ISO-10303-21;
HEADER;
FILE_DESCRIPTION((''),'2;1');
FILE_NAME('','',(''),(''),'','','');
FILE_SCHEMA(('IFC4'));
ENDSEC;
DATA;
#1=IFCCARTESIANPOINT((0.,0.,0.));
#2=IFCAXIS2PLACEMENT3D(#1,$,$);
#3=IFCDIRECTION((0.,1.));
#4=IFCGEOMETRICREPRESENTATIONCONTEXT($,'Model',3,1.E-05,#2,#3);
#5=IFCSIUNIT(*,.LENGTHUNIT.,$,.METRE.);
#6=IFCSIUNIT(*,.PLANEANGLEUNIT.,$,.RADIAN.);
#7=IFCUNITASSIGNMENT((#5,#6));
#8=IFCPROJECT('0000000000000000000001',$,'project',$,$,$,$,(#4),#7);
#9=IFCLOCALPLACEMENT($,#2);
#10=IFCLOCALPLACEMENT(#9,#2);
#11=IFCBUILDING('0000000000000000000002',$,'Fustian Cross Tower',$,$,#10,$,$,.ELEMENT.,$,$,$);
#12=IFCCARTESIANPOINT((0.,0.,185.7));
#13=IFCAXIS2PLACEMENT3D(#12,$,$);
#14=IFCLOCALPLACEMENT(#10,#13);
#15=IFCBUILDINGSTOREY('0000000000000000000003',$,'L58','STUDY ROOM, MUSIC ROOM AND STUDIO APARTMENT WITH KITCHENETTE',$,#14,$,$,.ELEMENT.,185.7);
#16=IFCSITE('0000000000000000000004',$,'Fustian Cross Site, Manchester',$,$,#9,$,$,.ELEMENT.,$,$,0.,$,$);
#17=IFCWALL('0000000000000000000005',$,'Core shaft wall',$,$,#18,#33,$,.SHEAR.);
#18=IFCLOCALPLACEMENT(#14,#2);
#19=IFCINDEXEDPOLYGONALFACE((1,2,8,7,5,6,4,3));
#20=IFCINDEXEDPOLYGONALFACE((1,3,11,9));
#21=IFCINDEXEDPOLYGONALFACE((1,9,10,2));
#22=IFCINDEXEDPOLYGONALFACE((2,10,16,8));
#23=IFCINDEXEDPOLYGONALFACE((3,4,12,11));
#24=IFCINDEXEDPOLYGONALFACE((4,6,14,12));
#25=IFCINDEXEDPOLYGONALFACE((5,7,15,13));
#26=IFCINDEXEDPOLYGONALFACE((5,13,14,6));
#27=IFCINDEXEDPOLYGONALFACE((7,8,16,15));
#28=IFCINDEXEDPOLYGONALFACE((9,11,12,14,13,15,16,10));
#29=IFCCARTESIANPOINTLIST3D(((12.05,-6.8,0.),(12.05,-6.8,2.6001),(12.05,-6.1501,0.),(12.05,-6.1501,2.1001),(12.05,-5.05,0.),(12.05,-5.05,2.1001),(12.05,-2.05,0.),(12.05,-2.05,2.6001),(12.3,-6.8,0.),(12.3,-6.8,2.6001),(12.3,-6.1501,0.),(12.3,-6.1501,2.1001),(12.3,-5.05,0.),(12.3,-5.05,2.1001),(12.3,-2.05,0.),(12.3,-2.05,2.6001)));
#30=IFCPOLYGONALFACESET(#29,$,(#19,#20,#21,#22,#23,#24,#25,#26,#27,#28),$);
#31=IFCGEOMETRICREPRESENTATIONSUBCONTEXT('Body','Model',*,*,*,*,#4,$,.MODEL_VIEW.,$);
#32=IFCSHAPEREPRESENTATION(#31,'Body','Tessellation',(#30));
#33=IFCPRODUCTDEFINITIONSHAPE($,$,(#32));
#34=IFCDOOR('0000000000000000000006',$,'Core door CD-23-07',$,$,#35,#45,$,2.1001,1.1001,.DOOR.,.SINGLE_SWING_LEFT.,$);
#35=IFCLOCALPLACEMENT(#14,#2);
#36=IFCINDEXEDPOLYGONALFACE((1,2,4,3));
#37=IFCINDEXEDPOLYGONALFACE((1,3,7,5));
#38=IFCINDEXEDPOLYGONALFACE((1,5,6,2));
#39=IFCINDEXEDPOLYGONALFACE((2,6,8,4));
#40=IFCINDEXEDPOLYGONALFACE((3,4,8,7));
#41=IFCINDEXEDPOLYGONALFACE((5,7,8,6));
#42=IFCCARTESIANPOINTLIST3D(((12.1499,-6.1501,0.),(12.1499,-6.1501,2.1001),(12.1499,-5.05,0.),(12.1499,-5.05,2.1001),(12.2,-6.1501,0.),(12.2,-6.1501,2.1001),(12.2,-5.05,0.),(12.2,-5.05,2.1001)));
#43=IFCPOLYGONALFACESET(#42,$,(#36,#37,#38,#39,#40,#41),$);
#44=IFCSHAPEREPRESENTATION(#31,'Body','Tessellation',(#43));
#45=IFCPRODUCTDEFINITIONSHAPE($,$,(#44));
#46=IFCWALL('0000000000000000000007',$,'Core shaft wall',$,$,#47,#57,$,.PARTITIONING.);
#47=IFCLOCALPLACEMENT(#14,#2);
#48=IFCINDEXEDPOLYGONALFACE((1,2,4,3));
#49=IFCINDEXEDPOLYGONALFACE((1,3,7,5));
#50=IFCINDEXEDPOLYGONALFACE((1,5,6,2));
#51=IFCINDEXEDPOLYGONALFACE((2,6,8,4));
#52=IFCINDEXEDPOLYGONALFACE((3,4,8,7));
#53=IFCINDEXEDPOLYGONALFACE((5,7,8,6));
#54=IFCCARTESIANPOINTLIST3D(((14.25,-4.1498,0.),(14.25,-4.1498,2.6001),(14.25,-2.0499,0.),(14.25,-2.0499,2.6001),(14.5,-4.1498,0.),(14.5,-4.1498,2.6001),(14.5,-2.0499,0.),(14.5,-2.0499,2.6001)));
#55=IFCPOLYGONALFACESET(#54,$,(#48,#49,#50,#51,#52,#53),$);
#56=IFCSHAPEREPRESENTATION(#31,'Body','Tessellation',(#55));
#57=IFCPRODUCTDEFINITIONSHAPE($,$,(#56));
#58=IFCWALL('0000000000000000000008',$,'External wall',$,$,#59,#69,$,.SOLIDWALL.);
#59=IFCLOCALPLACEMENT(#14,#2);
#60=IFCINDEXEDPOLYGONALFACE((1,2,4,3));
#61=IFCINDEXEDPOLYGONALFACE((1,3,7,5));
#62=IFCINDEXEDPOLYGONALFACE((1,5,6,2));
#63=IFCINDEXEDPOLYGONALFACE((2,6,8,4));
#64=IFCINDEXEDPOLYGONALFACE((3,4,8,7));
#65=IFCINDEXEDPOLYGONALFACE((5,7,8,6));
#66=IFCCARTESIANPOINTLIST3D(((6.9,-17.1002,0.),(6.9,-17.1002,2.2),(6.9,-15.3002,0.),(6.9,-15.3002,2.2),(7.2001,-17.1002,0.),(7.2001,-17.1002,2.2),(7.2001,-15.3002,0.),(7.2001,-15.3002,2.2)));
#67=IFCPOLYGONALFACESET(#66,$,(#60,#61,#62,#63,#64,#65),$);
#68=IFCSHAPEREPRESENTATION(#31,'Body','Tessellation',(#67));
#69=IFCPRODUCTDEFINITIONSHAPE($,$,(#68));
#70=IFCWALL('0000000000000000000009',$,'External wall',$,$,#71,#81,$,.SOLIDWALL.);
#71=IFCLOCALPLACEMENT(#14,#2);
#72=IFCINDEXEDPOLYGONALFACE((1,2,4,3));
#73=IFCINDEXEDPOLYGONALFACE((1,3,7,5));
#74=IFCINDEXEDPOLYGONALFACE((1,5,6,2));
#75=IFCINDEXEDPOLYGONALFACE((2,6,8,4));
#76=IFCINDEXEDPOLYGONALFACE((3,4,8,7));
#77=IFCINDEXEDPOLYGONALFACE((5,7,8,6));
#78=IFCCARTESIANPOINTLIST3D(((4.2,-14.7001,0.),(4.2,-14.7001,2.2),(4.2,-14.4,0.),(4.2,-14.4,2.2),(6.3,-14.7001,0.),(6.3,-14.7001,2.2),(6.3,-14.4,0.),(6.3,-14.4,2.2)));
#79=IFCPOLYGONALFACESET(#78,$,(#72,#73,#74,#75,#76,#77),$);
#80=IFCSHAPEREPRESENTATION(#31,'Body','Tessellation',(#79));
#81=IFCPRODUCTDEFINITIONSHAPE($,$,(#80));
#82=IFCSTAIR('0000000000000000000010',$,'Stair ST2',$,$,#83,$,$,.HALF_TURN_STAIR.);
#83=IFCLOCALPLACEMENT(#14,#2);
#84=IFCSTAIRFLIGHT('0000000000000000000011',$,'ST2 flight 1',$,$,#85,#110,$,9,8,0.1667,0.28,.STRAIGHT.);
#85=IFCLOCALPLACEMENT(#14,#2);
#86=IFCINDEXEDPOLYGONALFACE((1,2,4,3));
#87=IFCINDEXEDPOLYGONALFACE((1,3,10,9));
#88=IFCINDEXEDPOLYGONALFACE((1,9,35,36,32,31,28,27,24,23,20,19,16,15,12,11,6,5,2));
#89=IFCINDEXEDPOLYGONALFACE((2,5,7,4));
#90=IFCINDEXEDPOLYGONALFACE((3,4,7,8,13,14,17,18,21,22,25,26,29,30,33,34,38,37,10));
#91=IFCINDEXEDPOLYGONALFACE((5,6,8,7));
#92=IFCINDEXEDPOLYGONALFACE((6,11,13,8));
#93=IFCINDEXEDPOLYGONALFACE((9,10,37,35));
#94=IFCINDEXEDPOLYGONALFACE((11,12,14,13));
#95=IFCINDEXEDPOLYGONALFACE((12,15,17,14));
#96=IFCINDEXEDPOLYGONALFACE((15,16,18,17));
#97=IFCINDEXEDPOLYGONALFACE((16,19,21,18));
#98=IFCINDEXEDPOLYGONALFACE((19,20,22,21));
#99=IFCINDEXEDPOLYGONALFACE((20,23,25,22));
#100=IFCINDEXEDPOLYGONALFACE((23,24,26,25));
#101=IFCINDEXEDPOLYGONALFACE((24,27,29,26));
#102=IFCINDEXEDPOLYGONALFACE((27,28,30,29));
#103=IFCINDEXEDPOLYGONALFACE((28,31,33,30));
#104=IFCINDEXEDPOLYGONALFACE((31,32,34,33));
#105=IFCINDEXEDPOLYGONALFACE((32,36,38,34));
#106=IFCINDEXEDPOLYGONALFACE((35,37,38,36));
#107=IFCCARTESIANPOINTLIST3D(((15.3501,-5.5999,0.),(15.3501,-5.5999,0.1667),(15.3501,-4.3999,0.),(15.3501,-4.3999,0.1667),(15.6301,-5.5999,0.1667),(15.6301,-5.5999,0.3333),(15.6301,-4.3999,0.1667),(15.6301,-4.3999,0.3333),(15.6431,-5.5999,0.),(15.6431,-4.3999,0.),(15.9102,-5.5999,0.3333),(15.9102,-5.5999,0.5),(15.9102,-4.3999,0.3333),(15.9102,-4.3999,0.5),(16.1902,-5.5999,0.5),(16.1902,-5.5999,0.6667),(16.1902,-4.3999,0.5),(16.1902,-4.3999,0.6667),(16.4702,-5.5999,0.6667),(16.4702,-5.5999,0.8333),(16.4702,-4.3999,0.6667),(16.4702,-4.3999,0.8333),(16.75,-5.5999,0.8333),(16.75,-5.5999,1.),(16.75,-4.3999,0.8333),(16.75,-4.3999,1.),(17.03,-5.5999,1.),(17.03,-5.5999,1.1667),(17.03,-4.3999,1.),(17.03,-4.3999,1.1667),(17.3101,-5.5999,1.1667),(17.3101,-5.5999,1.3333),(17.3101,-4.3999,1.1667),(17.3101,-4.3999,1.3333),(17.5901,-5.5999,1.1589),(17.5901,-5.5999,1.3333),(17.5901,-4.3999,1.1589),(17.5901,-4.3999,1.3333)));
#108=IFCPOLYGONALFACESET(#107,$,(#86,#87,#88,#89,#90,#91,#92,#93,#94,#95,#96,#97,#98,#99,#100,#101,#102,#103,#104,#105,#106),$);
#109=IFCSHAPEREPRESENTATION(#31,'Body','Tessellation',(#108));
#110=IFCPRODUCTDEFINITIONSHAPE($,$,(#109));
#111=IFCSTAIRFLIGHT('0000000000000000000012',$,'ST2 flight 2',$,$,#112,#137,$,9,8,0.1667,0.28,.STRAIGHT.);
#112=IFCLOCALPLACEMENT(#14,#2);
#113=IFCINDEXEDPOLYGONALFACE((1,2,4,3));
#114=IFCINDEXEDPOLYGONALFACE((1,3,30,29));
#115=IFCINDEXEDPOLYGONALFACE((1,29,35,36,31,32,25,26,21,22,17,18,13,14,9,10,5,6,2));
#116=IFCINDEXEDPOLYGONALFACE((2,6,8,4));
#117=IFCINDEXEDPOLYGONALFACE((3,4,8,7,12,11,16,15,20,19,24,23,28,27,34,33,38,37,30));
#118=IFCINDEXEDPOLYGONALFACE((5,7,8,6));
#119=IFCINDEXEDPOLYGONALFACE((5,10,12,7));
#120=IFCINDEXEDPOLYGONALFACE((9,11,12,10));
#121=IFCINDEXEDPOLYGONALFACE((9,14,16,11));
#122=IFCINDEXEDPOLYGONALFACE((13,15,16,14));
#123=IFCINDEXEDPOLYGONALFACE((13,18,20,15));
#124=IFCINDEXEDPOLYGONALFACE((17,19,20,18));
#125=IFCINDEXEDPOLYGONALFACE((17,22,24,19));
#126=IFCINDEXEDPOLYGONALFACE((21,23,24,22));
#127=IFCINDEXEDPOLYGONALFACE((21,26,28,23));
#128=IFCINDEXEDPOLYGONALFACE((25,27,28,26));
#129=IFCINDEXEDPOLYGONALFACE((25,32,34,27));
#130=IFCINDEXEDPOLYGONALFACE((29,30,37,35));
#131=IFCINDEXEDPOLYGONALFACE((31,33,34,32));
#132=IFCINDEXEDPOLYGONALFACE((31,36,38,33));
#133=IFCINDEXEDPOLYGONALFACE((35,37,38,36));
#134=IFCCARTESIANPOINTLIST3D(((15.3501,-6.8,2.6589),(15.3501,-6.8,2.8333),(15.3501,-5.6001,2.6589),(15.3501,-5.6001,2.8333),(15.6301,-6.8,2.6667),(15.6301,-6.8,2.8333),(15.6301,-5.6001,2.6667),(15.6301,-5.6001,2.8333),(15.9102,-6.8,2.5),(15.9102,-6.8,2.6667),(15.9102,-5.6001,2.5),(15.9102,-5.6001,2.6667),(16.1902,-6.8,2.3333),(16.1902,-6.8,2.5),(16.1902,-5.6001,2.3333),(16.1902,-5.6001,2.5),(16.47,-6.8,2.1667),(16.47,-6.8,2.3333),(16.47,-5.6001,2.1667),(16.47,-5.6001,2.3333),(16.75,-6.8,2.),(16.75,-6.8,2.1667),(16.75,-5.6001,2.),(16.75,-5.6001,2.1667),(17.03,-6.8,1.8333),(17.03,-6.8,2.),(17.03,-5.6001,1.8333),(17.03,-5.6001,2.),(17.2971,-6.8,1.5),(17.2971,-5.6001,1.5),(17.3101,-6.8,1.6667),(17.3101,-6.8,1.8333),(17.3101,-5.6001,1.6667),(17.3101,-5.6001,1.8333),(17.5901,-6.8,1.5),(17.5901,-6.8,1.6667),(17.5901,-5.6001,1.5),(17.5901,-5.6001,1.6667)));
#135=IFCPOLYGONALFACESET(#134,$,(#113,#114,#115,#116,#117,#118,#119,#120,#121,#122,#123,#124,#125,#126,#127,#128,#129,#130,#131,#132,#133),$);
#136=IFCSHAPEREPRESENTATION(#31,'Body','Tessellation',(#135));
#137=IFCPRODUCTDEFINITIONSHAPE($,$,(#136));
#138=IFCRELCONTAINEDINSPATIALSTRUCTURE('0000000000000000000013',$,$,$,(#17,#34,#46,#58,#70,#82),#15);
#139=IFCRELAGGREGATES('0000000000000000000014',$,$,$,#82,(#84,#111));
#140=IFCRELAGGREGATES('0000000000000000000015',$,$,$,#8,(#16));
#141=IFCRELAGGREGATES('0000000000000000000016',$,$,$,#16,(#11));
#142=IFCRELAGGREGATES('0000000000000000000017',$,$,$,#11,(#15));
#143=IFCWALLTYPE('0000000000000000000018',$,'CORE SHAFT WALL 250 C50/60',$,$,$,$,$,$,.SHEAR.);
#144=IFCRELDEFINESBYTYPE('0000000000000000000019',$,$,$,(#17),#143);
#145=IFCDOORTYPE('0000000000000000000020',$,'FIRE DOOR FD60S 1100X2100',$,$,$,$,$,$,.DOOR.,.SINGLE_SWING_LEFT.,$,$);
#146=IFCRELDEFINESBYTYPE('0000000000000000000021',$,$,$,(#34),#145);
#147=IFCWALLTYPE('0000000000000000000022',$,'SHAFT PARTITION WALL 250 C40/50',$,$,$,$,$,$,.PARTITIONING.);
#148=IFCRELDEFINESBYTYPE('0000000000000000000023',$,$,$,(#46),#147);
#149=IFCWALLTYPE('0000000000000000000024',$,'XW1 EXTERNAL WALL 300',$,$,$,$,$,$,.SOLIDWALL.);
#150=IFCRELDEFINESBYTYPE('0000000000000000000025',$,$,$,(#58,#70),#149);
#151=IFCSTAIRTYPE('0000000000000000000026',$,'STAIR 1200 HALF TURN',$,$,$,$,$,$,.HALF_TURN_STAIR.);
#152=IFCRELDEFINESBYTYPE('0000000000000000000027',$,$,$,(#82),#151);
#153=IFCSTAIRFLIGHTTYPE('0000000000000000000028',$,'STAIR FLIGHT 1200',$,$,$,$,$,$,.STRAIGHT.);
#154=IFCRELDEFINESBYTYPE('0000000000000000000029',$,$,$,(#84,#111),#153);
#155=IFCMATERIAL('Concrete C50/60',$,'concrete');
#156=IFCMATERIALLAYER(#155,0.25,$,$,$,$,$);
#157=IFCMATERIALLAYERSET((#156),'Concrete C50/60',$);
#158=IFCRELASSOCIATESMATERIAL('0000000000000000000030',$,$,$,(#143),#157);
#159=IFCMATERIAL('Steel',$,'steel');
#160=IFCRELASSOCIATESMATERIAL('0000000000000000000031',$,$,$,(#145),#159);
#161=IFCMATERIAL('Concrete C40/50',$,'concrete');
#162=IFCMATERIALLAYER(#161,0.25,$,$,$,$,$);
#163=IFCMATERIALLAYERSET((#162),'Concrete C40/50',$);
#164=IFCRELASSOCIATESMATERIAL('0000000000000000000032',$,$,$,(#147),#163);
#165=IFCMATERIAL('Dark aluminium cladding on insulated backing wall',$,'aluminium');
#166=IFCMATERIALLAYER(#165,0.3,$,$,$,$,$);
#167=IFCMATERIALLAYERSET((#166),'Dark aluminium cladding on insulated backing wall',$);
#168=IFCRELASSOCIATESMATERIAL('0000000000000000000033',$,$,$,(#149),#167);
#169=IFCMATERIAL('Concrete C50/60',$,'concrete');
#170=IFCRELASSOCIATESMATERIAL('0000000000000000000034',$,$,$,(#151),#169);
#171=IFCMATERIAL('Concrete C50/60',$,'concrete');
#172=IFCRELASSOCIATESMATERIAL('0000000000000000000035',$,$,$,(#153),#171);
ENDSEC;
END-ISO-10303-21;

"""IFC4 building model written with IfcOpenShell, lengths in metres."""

from ifc_helpers import new_model, si_unit, direction, frame, frame_2d, origin, place, context, subcontext, project, spatial, polyline, rectangle, outline, extrude, material, layer, layer_set, type_object, element, fill, aggregate, save


model = new_model("IFC4")

# Units and contexts
model_context = context("Model", 3, precision=1e-05, world=origin(), true_north=direction((0.0, 1.0)))
body_context = subcontext(model_context, "Body", "Model", "MODEL_VIEW")
ifc_project = project(units=[si_unit("LENGTHUNIT", "METRE"), si_unit("PLANEANGLEUNIT", "RADIAN")], contexts=[model_context])

# Site, building, storey
site_placement = place(None, origin())
site = spatial("IfcSite", under=ifc_project, at=site_placement, Name="Fustian Cross Site, Manchester", CompositionType="ELEMENT", RefElevation=0.0)
building_placement = place(site_placement, origin())
building = spatial("IfcBuilding", under=site, at=building_placement, Name="Fustian Cross Tower", CompositionType="ELEMENT")
storey_placement = place(building_placement, frame((0.0, 0.0, 185.7)))
storey = spatial("IfcBuildingStorey", under=building, at=storey_placement, Name="L58", Description="STUDY ROOM, MUSIC ROOM AND STUDIO APARTMENT WITH KITCHENETTE", CompositionType="ELEMENT", Elevation=185.7)

# Shared definitions
ifc_material_1 = material(Name="Concrete C50/60", Category="concrete")
ifc_layer_1 = layer(ifc_material_1, 0.25)
ifc_layer_set_1 = layer_set([ifc_layer_1], Name="Concrete C50/60")
wall_type_1 = type_object("IfcWallType", Name="CORE SHAFT WALL 250 C50/60", PredefinedType="SHEAR", material=ifc_layer_set_1)

# Wall, opening, door
wall_1_placement = place(storey_placement, frame((12.175, -2.05, 0.0), z_axis=(0.0, 0.0, 1.0), x_axis=(0.0, -1.0, 0.0)))
wall_1 = element("IfcWall", 1, at=wall_1_placement, inside=storey, type_object=wall_type_1, Name="Core shaft wall", PredefinedType="SHEAR", context=body_context, shape_type="SweptSolid", body=[
    extrude(rectangle(XDim=4.75, YDim=0.25, at=frame_2d((2.375, 0.0))), origin(), (0.0, 0.0, 1.0), 2.6001),
])
opening_1_placement = place(wall_1_placement, frame((3.0, 0.0, 0.0)))
opening_1 = element("IfcOpeningElement", 2, at=opening_1_placement, cuts=wall_1, PredefinedType="OPENING", context=body_context, shape_type="SweptSolid", body=[
    extrude(rectangle(XDim=1.1001, YDim=2.1001, at=frame_2d((0.55, 1.05))), frame((0.0, 0.135, 0.0), z_axis=(0.0, -1.0, 0.0), x_axis=(1.0, 0.0, 0.0)), (0.0, 0.0, 1.0), 0.27),
])
ifc_material_2 = material(Name="Steel", Category="steel")
door_type_1 = type_object("IfcDoorType", Name="FIRE DOOR FD60S 1100X2100", OperationType="SINGLE_SWING_LEFT", PredefinedType="DOOR", material=ifc_material_2)
door_1_placement = place(opening_1_placement, origin())
door_1 = element("IfcDoor", 3, at=door_1_placement, inside=storey, type_object=door_type_1, Name="Core door CD-23-07", OperationType="SINGLE_SWING_LEFT", OverallHeight=2.1001, OverallWidth=1.1001, PredefinedType="DOOR", context=body_context, shape_type="SweptSolid", body=[
    extrude(rectangle(XDim=1.1001, YDim=2.1001, at=frame_2d((0.55, 1.05))), frame((0.0, 0.0249, 0.0), z_axis=(0.0, -1.0, 0.0), x_axis=(1.0, 0.0, 0.0)), (0.0, 0.0, 1.0), 0.05),
])
fill(opening_1, door_1)

# Walls
ifc_material_3 = material(Name="Concrete C40/50", Category="concrete")
ifc_layer_2 = layer(ifc_material_3, 0.25)
ifc_layer_set_2 = layer_set([ifc_layer_2], Name="Concrete C40/50")
wall_type_2 = type_object("IfcWallType", Name="SHAFT PARTITION WALL 250 C40/50", PredefinedType="PARTITIONING", material=ifc_layer_set_2)
wall_2_placement = place(storey_placement, frame((14.375, -2.05, 0.0), z_axis=(0.0, 0.0, 1.0), x_axis=(0.0, -1.0, 0.0)))
element("IfcWall", 4, at=wall_2_placement, inside=storey, type_object=wall_type_2, Name="Core shaft wall", PredefinedType="PARTITIONING", context=body_context, shape_type="SweptSolid", body=[
    extrude(rectangle(XDim=2.0999, YDim=0.25, at=frame_2d((1.0498, 0.0))), origin(), (0.0, 0.0, 1.0), 2.6001),
])
ifc_material_4 = material(Name="Dark aluminium cladding on insulated backing wall", Category="aluminium")
ifc_layer_3 = layer(ifc_material_4, 0.3)
ifc_layer_set_3 = layer_set([ifc_layer_3], Name="Dark aluminium cladding on insulated backing wall")
wall_type_3 = type_object("IfcWallType", Name="XW1 EXTERNAL WALL 300", PredefinedType="SOLIDWALL", material=ifc_layer_set_3)
wall_3_placement = place(storey_placement, frame((7.05, -17.1001, 0.0), z_axis=(0.0, 0.0, 1.0), x_axis=(0.0, 1.0, 0.0)))
element("IfcWall", 5, at=wall_3_placement, inside=storey, type_object=wall_type_3, Name="External wall", PredefinedType="SOLIDWALL", context=body_context, shape_type="SweptSolid", body=[
    extrude(rectangle(XDim=1.8, YDim=0.3, at=frame_2d((0.8999, 0.0))), origin(), (0.0, 0.0, 1.0), 2.2),
])
wall_4_placement = place(storey_placement, frame((6.3, -14.55, 0.0), z_axis=(0.0, 0.0, 1.0), x_axis=(-1.0, 0.0, 0.0)))
element("IfcWall", 6, at=wall_4_placement, inside=storey, type_object=wall_type_3, Name="External wall", PredefinedType="SOLIDWALL", context=body_context, shape_type="SweptSolid", body=[
    extrude(rectangle(XDim=2.1001, YDim=0.3, at=frame_2d((1.05, 0.0))), origin(), (0.0, 0.0, 1.0), 2.2),
])

# Stair, stair flights
ifc_material_5 = material(Name="Concrete C50/60", Category="concrete")
stair_type = type_object("IfcStairType", Name="STAIR 1200 HALF TURN", PredefinedType="HALF_TURN_STAIR", material=ifc_material_5)
stair_placement = place(storey_placement, origin())
stair = element("IfcStair", 7, at=stair_placement, inside=storey, type_object=stair_type, Name="Stair ST2", PredefinedType="HALF_TURN_STAIR")
ifc_material_6 = material(Name="Concrete C50/60", Category="concrete")
stair_flight_type = type_object("IfcStairFlightType", Name="STAIR FLIGHT 1200", PredefinedType="STRAIGHT", material=ifc_material_6)
stair_flight_1_placement = place(storey_placement, frame((15.3501, -5.0, 0.0), z_axis=(0.0, 0.0, 1.0), x_axis=(1.0, 0.0, 0.0)))
stair_flight_1 = element("IfcStairFlight", 8, at=stair_flight_1_placement, type_object=stair_flight_type, Name="ST2 flight 1", NumberOfRisers=9, NumberOfTreads=8, PredefinedType="STRAIGHT", RiserHeight=0.1667, TreadLength=0.28, context=body_context, shape_type="SweptSolid", body=[
    extrude(outline(polyline([(0.0, 0.0), (0.0, 0.1667), (0.28, 0.1667), (0.28, 0.3333), (0.5601, 0.3333), (0.5601, 0.5), (0.8401, 0.5), (0.8401, 0.6667), (1.1201, 0.6667), (1.1201, 0.8333), (1.3999, 0.8333), (1.3999, 1.0), (1.6799, 1.0), (1.6799, 1.1667), (1.96, 1.1667), (1.96, 1.3333), (2.24, 1.3333), (2.24, 1.5), (2.24, 1.1589), (0.293, 0.0), (0.0, 0.0)])), frame((0.0, 0.6001, 0.0), z_axis=(0.0, -1.0, 0.0), x_axis=(1.0, 0.0, 0.0)), (0.0, 0.0, 1.0), 1.2),
])
stair_flight_2_placement = place(storey_placement, frame((17.5901, -6.2, 1.5), z_axis=(0.0, 0.0, 1.0), x_axis=(-1.0, 0.0, 0.0)))
stair_flight_2 = element("IfcStairFlight", 9, at=stair_flight_2_placement, type_object=stair_flight_type, Name="ST2 flight 2", NumberOfRisers=9, NumberOfTreads=8, PredefinedType="STRAIGHT", RiserHeight=0.1667, TreadLength=0.28, context=body_context, shape_type="SweptSolid", body=[
    extrude(outline(polyline([(0.0, 0.0), (0.0, 0.1667), (0.28, 0.1667), (0.28, 0.3333), (0.5601, 0.3333), (0.5601, 0.5), (0.8401, 0.5), (0.8401, 0.6667), (1.1201, 0.6667), (1.1201, 0.8333), (1.3999, 0.8333), (1.3999, 1.0), (1.6799, 1.0), (1.6799, 1.1667), (1.96, 1.1667), (1.96, 1.3333), (2.24, 1.3333), (2.24, 1.5), (2.24, 1.1589), (0.293, 0.0), (0.0, 0.0)])), frame((0.0, 0.6001, 0.0), z_axis=(0.0, -1.0, 0.0), x_axis=(1.0, 0.0, 0.0)), (0.0, 0.0, 1.0), 1.2),
])
aggregate(stair, [stair_flight_1, stair_flight_2])

save(model, "model.ifc")
